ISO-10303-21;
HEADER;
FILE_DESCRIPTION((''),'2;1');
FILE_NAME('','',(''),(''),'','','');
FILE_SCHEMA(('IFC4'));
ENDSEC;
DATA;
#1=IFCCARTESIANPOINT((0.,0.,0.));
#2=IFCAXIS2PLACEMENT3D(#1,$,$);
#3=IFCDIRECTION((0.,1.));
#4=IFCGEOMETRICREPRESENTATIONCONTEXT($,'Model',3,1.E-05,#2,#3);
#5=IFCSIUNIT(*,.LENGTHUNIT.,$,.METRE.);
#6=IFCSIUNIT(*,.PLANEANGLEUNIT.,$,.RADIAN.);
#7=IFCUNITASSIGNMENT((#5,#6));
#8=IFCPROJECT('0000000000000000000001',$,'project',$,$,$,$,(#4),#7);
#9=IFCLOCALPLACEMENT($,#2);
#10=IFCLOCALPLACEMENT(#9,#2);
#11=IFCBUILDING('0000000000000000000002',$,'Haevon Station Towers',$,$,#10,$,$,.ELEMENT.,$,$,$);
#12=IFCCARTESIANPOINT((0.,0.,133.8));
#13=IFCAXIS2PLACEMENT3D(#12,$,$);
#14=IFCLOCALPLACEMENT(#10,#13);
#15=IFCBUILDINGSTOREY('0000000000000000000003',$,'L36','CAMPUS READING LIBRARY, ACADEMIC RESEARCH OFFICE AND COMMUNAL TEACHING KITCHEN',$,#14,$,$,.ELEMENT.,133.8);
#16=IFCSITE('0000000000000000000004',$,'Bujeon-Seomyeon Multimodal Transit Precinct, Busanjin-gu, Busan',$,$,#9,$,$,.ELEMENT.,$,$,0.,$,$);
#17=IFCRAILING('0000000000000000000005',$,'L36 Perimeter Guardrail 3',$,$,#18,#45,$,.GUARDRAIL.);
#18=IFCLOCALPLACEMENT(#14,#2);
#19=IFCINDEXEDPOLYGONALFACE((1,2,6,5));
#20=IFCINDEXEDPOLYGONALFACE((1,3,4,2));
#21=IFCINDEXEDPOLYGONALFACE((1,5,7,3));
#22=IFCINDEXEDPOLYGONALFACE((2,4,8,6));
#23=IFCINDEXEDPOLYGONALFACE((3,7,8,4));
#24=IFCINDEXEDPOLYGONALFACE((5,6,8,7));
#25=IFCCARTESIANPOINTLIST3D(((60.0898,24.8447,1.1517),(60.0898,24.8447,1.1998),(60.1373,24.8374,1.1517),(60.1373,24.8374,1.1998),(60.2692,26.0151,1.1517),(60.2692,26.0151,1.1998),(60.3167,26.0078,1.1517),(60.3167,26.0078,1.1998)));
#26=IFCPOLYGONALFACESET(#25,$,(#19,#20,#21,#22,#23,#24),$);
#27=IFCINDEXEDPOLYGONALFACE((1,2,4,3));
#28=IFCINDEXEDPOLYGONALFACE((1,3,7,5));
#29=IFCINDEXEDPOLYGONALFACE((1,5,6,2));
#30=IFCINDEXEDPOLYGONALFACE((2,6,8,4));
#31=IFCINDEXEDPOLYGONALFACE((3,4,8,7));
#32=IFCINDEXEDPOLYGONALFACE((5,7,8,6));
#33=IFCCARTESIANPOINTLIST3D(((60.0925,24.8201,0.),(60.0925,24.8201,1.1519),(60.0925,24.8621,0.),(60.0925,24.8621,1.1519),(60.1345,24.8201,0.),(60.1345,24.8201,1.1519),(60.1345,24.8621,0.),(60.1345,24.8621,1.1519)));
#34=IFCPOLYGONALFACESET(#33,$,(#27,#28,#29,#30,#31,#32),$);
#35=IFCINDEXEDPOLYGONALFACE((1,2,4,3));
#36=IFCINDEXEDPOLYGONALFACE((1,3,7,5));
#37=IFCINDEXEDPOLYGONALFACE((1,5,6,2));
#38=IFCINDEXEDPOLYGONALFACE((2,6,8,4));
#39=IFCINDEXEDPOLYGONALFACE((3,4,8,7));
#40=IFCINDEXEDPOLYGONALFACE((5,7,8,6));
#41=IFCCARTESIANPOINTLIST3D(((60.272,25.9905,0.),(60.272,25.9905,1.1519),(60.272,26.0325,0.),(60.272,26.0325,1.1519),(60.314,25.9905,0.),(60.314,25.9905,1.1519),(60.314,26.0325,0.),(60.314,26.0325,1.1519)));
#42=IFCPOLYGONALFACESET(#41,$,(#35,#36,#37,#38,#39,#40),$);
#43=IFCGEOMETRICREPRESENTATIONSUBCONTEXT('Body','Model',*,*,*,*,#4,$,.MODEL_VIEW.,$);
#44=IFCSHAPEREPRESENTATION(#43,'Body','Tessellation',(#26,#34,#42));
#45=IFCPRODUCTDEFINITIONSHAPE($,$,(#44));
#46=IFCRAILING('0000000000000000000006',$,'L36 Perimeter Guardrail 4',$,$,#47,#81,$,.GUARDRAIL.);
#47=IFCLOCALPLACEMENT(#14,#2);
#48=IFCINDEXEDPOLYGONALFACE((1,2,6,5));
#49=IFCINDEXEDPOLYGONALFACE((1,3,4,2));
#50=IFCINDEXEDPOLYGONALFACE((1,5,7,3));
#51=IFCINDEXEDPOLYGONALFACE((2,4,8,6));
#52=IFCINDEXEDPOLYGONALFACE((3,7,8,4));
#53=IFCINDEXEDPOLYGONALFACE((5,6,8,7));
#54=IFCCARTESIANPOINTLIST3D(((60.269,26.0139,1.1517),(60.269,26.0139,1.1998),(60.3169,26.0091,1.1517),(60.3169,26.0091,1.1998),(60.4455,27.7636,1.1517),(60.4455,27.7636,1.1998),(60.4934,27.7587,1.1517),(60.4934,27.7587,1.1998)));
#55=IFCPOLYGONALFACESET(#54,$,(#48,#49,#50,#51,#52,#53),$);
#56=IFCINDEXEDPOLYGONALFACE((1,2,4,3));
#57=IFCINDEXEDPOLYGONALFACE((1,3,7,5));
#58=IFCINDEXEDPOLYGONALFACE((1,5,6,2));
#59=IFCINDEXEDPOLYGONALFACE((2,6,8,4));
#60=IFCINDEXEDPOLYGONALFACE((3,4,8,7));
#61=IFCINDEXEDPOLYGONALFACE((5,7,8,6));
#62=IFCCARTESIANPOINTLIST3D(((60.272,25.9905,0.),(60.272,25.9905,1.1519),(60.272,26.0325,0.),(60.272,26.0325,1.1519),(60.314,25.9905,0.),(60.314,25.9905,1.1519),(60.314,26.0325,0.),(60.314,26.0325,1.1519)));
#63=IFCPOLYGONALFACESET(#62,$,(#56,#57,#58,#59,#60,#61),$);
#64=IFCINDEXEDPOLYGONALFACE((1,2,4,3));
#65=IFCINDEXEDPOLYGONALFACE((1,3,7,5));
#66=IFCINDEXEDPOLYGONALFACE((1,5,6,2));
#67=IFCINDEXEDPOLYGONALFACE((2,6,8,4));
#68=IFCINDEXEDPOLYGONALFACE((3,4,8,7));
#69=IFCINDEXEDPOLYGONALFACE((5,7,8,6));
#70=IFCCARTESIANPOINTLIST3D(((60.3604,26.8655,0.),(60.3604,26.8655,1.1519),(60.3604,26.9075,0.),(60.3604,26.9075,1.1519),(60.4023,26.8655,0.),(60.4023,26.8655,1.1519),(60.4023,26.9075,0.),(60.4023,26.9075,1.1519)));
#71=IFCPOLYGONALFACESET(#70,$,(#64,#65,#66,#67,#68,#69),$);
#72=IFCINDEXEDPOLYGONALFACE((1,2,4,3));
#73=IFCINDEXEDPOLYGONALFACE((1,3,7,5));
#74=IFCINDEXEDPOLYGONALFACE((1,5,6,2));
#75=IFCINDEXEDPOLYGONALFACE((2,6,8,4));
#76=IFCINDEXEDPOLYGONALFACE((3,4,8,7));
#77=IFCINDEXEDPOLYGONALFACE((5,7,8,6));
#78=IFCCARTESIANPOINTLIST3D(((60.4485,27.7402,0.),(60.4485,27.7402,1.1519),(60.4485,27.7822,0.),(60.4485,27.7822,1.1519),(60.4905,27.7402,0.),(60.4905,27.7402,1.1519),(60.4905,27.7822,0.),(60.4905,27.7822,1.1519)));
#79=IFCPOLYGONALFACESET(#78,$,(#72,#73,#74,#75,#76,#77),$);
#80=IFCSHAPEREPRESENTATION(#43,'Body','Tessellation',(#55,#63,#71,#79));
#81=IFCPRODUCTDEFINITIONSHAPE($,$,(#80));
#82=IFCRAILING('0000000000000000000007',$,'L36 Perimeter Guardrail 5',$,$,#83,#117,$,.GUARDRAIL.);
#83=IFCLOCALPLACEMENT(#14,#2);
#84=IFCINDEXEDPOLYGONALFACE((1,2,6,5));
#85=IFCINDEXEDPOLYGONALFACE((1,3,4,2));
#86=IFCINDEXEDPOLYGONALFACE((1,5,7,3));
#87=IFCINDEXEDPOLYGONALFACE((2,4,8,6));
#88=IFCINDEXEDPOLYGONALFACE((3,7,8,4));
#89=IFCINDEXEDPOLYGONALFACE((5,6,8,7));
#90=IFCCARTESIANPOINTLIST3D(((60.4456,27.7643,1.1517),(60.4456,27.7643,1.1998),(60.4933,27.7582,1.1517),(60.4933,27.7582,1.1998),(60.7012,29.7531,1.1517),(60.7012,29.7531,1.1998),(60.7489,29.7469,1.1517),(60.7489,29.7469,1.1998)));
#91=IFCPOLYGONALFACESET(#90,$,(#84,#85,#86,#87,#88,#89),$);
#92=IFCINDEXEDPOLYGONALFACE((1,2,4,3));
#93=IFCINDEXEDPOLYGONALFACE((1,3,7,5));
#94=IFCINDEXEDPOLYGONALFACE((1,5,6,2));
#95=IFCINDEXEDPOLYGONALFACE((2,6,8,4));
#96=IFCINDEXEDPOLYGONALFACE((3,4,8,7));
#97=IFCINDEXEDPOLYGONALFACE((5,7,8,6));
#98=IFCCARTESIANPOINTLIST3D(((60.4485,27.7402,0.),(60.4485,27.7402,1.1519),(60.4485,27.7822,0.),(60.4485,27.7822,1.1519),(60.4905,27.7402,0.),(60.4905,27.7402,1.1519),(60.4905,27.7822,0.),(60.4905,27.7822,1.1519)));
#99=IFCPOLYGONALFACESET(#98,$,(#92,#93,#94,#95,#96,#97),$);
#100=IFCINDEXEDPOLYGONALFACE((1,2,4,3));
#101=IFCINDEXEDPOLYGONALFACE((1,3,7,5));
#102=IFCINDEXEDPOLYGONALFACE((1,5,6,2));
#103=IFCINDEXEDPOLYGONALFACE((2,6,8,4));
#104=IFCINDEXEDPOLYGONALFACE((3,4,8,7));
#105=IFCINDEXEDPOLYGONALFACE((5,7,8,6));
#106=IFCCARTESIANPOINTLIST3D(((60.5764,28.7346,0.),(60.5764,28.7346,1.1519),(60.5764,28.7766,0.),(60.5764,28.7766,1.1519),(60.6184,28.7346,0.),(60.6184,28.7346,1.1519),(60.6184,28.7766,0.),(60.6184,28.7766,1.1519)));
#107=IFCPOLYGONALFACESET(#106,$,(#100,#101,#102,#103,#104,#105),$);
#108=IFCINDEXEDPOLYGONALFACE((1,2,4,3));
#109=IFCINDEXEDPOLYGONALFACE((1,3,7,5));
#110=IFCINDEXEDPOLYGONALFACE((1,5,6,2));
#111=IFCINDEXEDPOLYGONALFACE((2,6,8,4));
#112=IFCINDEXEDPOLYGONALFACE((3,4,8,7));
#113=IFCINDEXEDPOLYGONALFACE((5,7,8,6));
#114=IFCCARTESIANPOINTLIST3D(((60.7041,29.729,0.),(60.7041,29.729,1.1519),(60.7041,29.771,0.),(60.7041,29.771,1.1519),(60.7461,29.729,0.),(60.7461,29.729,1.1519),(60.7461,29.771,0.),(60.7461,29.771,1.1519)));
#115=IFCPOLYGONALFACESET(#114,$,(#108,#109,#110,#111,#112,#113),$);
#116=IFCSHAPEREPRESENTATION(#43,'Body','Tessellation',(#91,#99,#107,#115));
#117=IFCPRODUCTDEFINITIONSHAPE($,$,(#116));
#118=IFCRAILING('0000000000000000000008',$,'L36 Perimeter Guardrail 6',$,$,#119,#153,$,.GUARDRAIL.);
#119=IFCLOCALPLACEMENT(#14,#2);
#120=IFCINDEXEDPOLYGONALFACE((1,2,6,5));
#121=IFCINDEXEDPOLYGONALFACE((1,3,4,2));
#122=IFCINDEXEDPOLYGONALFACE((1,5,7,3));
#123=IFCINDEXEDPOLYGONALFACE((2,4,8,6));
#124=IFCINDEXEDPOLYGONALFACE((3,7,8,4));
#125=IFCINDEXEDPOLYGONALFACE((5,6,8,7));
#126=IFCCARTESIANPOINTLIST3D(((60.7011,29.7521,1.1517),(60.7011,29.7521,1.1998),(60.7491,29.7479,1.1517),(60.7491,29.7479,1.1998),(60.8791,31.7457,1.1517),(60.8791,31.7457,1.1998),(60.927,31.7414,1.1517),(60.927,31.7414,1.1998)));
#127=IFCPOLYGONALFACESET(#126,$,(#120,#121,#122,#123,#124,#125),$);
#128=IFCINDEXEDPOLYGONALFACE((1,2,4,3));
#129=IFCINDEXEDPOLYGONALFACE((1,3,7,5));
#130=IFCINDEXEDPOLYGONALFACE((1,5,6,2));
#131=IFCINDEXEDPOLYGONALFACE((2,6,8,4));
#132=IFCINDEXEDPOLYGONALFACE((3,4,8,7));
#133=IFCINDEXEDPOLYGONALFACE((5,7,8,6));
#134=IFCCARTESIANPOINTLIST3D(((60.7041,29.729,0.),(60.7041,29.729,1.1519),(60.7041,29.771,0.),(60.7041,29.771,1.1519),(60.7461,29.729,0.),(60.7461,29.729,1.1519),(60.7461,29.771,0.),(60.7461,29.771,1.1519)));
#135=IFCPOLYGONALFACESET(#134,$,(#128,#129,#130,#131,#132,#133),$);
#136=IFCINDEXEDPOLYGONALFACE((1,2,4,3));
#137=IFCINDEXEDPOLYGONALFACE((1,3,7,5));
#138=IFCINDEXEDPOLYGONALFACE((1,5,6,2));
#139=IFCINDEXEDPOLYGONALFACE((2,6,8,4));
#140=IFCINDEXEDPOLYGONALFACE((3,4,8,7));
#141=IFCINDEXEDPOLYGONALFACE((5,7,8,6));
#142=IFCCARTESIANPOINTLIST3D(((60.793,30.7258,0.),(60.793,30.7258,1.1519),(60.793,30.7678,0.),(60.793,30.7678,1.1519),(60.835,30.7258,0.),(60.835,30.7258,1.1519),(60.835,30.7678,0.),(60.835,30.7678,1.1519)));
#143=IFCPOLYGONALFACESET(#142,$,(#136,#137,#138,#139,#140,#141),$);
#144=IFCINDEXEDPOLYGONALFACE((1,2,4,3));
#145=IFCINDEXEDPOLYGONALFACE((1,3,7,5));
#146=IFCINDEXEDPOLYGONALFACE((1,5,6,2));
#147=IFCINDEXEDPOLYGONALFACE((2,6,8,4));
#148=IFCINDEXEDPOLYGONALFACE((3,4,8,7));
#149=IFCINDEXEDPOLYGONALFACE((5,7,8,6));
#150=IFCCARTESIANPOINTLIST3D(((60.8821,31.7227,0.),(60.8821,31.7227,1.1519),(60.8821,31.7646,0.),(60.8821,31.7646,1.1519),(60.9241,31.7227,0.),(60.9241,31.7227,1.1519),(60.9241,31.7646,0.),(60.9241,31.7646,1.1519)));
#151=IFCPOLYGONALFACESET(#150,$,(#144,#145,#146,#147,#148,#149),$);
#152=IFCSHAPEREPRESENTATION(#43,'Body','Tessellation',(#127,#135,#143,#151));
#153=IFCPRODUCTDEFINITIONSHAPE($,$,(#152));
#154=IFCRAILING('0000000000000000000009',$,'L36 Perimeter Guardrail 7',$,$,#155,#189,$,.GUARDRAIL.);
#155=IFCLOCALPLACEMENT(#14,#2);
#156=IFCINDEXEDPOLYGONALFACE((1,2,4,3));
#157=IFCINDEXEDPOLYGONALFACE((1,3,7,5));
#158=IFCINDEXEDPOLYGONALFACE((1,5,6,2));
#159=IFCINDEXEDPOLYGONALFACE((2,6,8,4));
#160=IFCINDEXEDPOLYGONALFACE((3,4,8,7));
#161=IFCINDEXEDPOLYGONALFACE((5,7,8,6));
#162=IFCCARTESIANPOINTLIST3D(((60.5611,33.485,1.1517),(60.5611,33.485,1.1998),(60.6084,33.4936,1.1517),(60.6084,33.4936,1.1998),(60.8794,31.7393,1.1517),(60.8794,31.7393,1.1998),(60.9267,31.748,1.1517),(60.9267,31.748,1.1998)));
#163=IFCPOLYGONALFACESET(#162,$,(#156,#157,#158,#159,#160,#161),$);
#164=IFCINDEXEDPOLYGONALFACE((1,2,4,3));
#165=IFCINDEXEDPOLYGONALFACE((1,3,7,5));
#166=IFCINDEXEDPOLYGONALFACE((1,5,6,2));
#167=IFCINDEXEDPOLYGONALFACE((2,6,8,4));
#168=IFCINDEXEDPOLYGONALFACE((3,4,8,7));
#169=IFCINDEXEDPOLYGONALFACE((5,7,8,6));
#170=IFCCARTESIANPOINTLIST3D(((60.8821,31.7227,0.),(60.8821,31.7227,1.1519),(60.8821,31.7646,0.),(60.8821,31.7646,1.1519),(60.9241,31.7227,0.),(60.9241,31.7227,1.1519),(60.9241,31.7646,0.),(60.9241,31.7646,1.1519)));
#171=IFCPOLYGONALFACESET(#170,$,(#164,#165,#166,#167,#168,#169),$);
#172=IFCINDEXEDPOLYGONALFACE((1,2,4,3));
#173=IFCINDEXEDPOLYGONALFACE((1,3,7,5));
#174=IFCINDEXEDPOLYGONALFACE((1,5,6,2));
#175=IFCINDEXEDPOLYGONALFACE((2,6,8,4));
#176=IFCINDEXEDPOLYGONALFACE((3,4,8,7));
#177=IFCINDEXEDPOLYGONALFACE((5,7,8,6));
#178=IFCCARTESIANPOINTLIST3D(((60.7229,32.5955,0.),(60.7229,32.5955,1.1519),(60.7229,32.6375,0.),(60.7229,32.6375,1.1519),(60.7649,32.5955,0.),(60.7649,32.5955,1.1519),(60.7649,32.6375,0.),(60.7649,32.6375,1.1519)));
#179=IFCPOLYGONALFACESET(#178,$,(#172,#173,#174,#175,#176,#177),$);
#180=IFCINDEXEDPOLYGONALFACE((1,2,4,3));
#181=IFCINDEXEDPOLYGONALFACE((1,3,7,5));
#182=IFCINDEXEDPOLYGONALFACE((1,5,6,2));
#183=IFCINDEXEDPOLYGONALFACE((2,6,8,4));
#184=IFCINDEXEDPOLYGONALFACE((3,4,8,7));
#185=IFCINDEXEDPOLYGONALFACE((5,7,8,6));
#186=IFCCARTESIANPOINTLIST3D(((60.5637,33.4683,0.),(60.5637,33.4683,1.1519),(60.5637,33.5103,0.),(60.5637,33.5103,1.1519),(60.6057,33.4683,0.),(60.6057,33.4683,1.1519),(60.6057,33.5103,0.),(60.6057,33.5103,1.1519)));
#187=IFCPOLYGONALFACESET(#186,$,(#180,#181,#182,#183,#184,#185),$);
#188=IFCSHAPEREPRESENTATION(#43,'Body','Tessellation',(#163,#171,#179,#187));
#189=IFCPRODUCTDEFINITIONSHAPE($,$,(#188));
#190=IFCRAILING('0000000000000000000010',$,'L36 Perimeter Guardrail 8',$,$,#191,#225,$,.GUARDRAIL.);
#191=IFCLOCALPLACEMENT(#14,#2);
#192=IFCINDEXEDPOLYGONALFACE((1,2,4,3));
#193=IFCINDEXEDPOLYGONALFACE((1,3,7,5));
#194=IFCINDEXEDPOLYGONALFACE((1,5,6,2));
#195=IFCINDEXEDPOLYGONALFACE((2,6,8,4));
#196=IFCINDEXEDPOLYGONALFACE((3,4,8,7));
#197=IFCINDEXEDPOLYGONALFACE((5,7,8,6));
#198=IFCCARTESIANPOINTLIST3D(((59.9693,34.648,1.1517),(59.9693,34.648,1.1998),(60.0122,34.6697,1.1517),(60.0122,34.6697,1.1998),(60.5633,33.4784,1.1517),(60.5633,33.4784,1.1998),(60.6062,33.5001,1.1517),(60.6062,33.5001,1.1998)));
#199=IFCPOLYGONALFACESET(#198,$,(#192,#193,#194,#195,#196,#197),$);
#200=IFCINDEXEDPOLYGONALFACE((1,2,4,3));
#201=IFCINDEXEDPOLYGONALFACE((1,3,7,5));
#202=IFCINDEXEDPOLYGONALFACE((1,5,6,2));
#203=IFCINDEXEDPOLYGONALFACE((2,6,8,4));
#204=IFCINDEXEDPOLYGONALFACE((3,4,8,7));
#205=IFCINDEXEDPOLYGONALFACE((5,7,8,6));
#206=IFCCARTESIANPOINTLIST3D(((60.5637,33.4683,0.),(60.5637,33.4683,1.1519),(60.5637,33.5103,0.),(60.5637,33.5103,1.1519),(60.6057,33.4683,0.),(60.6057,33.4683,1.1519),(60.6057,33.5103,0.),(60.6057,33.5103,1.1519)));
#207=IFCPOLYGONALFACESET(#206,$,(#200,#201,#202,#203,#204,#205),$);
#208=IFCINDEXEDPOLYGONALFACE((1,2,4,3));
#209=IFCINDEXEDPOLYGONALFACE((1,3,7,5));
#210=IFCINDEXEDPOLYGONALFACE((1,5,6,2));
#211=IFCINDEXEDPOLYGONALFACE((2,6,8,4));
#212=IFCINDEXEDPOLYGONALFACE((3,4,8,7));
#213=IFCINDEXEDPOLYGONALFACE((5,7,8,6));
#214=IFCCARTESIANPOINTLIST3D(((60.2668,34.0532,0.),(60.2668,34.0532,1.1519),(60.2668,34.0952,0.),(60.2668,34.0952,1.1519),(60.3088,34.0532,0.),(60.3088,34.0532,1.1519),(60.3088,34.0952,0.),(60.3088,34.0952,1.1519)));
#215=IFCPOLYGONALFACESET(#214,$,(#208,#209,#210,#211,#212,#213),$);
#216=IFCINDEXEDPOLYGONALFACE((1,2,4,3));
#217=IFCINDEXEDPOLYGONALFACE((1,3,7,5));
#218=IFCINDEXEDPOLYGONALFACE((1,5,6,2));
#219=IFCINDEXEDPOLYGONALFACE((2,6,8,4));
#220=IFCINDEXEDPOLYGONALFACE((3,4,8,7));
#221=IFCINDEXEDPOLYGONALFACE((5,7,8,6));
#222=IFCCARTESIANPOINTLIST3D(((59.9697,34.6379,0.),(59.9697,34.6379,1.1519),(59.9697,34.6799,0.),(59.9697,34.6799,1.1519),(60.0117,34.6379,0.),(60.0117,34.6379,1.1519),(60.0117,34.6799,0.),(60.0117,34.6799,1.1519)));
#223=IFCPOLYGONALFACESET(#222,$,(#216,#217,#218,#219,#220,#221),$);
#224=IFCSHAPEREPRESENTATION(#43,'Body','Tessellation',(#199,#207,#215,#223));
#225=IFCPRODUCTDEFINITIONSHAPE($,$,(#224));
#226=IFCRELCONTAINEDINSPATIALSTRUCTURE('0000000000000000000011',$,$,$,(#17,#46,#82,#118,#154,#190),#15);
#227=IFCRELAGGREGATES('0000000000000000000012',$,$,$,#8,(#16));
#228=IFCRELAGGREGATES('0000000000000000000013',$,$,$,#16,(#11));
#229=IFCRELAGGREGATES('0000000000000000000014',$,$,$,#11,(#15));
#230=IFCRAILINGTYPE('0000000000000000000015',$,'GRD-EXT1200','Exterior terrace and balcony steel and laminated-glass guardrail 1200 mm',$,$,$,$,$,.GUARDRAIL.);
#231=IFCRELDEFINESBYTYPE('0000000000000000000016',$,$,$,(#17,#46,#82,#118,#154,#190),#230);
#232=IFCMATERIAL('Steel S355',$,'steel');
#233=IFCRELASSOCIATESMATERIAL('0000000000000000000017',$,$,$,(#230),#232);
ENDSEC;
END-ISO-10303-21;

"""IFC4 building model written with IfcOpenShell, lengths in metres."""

from ifc_helpers import new_model, si_unit, direction, frame, origin, origin_2d, place, context, subcontext, project, spatial, rectangle, extrude, material, type_object, element, save


model = new_model("IFC4")

# Units and contexts
model_context = context("Model", 3, precision=1e-05, world=origin(), true_north=direction((0.0, 1.0)))
body_context = subcontext(model_context, "Body", "Model", "MODEL_VIEW")
ifc_project = project(units=[si_unit("LENGTHUNIT", "METRE"), si_unit("PLANEANGLEUNIT", "RADIAN")], contexts=[model_context])

# Site, building, storey
site_placement = place(None, origin())
site = spatial("IfcSite", under=ifc_project, at=site_placement, Name="Bujeon-Seomyeon Multimodal Transit Precinct, Busanjin-gu, Busan", CompositionType="ELEMENT", RefElevation=0.0)
building_placement = place(site_placement, origin())
building = spatial("IfcBuilding", under=site, at=building_placement, Name="Haevon Station Towers", CompositionType="ELEMENT")
storey_placement = place(building_placement, frame((0.0, 0.0, 133.8)))
storey = spatial("IfcBuildingStorey", under=building, at=storey_placement, Name="L36", Description="CAMPUS READING LIBRARY, ACADEMIC RESEARCH OFFICE AND COMMUNAL TEACHING KITCHEN", CompositionType="ELEMENT", Elevation=133.8)

# Shared definitions
ifc_material_1 = material(Name="Steel S355", Category="steel")

# Railings
railing_type = type_object("IfcRailingType", Name="GRD-EXT1200", Description="Exterior terrace and balcony steel and laminated-glass guardrail 1200 mm", PredefinedType="GUARDRAIL", material=ifc_material_1)
railing_1_placement = place(storey_placement, frame((60.1135, 24.8411, 0.0)))
element("IfcRailing", 1, at=railing_1_placement, inside=storey, type_object=railing_type, Name="L36 Perimeter Guardrail 3", PredefinedType="GUARDRAIL", context=body_context, shape_type="SweptSolid", body=[
    extrude(rectangle(XDim=0.0481, YDim=0.0481, at=origin_2d()), frame((0.0, 0.0, 1.1758), z_axis=(0.151546, 0.98845, 0.0), x_axis=(-0.98845, 0.151546, 0.0)), (0.0, 0.0, 1.0), 1.1841),
    extrude(rectangle(XDim=0.042, YDim=0.042, at=origin_2d()), origin(), (0.0, 0.0, 1.0), 1.1519),
    extrude(rectangle(XDim=0.042, YDim=0.042, at=origin_2d()), frame((0.1794, 1.1704, 0.0)), (0.0, 0.0, 1.0), 1.1519),
])
railing_2_placement = place(storey_placement, frame((60.293, 26.0115, 0.0)))
element("IfcRailing", 2, at=railing_2_placement, inside=storey, type_object=railing_type, Name="L36 Perimeter Guardrail 4", PredefinedType="GUARDRAIL", context=body_context, shape_type="SweptSolid", body=[
    extrude(rectangle(XDim=0.0481, YDim=0.0481, at=origin_2d()), frame((0.0, 0.0, 1.1758), z_axis=(0.10037, 0.99495, 0.0), x_axis=(-0.99495, 0.10037, 0.0)), (0.0, 0.0, 1.0), 1.7585),
    extrude(rectangle(XDim=0.042, YDim=0.042, at=origin_2d()), origin(), (0.0, 0.0, 1.0), 1.1519),
    extrude(rectangle(XDim=0.042, YDim=0.042, at=origin_2d()), frame((0.0884, 0.875, 0.0)), (0.0, 0.0, 1.0), 1.1519),
    extrude(rectangle(XDim=0.042, YDim=0.042, at=origin_2d()), frame((0.1765, 1.7498, 0.0)), (0.0, 0.0, 1.0), 1.1519),
])
railing_3_placement = place(storey_placement, frame((60.4695, 27.7612, 0.0)))
element("IfcRailing", 3, at=railing_3_placement, inside=storey, type_object=railing_type, Name="L36 Perimeter Guardrail 5", PredefinedType="GUARDRAIL", context=body_context, shape_type="SweptSolid", body=[
    extrude(rectangle(XDim=0.0481, YDim=0.0481, at=origin_2d()), frame((0.0, 0.0, 1.1758), z_axis=(0.127481, 0.991841, 0.0), x_axis=(-0.991841, 0.127481, 0.0)), (0.0, 0.0, 1.0), 2.0051),
    extrude(rectangle(XDim=0.042, YDim=0.042, at=origin_2d()), origin(), (0.0, 0.0, 1.0), 1.1519),
    extrude(rectangle(XDim=0.042, YDim=0.042, at=origin_2d()), frame((0.1279, 0.9944, 0.0)), (0.0, 0.0, 1.0), 1.1519),
    extrude(rectangle(XDim=0.042, YDim=0.042, at=origin_2d()), frame((0.2556, 1.9888, 0.0)), (0.0, 0.0, 1.0), 1.1519),
])
railing_4_placement = place(storey_placement, frame((60.7251, 29.75, 0.0)))
element("IfcRailing", 4, at=railing_4_placement, inside=storey, type_object=railing_type, Name="L36 Perimeter Guardrail 6", PredefinedType="GUARDRAIL", context=body_context, shape_type="SweptSolid", body=[
    extrude(rectangle(XDim=0.0481, YDim=0.0481, at=origin_2d()), frame((0.0, 0.0, 1.1758), z_axis=(0.088919, 0.996039, 0.0), x_axis=(-0.996039, 0.088919, 0.0)), (0.0, 0.0, 1.0), 2.0015),
    extrude(rectangle(XDim=0.042, YDim=0.042, at=origin_2d()), origin(), (0.0, 0.0, 1.0), 1.1519),
    extrude(rectangle(XDim=0.042, YDim=0.042, at=origin_2d()), frame((0.0889, 0.9968, 0.0)), (0.0, 0.0, 1.0), 1.1519),
    extrude(rectangle(XDim=0.042, YDim=0.042, at=origin_2d()), frame((0.178, 1.9937, 0.0)), (0.0, 0.0, 1.0), 1.1519),
])
railing_5_placement = place(storey_placement, frame((60.9031, 31.7437, 0.0)))
element("IfcRailing", 5, at=railing_5_placement, inside=storey, type_object=railing_type, Name="L36 Perimeter Guardrail 7", PredefinedType="GUARDRAIL", context=body_context, shape_type="SweptSolid", body=[
    extrude(rectangle(XDim=0.0481, YDim=0.0481, at=origin_2d()), frame((0.0, 0.0, 1.1758), z_axis=(-0.179418, 0.983773, 0.0), x_axis=(-0.983773, -0.179418, 0.0)), (0.0, 0.0, 1.0), 1.7744),
    extrude(rectangle(XDim=0.042, YDim=0.042, at=origin_2d()), origin(), (0.0, 0.0, 1.0), 1.1519),
    extrude(rectangle(XDim=0.042, YDim=0.042, at=origin_2d()), frame((-0.1592, 0.8728, 0.0)), (0.0, 0.0, 1.0), 1.1519),
    extrude(rectangle(XDim=0.042, YDim=0.042, at=origin_2d()), frame((-0.3184, 1.7456, 0.0)), (0.0, 0.0, 1.0), 1.1519),
])
railing_6_placement = place(storey_placement, frame((60.5847, 33.4893, 0.0)))
element("IfcRailing", 6, at=railing_6_placement, inside=storey, type_object=railing_type, Name="L36 Perimeter Guardrail 8", PredefinedType="GUARDRAIL", context=body_context, shape_type="SweptSolid", body=[
    extrude(rectangle(XDim=0.0481, YDim=0.0481, at=origin_2d()), frame((0.0, 0.0, 1.1758), z_axis=(-0.452788, 0.891618, 0.0), x_axis=(-0.891618, -0.452788, 0.0)), (0.0, 0.0, 1.0), 1.3118),
    extrude(rectangle(XDim=0.042, YDim=0.042, at=origin_2d()), origin(), (0.0, 0.0, 1.0), 1.1519),
    extrude(rectangle(XDim=0.042, YDim=0.042, at=origin_2d()), frame((-0.2969, 0.585, 0.0)), (0.0, 0.0, 1.0), 1.1519),
    extrude(rectangle(XDim=0.042, YDim=0.042, at=origin_2d()), frame((-0.594, 1.1697, 0.0)), (0.0, 0.0, 1.0), 1.1519),
])

save(model, "model.ifc")
